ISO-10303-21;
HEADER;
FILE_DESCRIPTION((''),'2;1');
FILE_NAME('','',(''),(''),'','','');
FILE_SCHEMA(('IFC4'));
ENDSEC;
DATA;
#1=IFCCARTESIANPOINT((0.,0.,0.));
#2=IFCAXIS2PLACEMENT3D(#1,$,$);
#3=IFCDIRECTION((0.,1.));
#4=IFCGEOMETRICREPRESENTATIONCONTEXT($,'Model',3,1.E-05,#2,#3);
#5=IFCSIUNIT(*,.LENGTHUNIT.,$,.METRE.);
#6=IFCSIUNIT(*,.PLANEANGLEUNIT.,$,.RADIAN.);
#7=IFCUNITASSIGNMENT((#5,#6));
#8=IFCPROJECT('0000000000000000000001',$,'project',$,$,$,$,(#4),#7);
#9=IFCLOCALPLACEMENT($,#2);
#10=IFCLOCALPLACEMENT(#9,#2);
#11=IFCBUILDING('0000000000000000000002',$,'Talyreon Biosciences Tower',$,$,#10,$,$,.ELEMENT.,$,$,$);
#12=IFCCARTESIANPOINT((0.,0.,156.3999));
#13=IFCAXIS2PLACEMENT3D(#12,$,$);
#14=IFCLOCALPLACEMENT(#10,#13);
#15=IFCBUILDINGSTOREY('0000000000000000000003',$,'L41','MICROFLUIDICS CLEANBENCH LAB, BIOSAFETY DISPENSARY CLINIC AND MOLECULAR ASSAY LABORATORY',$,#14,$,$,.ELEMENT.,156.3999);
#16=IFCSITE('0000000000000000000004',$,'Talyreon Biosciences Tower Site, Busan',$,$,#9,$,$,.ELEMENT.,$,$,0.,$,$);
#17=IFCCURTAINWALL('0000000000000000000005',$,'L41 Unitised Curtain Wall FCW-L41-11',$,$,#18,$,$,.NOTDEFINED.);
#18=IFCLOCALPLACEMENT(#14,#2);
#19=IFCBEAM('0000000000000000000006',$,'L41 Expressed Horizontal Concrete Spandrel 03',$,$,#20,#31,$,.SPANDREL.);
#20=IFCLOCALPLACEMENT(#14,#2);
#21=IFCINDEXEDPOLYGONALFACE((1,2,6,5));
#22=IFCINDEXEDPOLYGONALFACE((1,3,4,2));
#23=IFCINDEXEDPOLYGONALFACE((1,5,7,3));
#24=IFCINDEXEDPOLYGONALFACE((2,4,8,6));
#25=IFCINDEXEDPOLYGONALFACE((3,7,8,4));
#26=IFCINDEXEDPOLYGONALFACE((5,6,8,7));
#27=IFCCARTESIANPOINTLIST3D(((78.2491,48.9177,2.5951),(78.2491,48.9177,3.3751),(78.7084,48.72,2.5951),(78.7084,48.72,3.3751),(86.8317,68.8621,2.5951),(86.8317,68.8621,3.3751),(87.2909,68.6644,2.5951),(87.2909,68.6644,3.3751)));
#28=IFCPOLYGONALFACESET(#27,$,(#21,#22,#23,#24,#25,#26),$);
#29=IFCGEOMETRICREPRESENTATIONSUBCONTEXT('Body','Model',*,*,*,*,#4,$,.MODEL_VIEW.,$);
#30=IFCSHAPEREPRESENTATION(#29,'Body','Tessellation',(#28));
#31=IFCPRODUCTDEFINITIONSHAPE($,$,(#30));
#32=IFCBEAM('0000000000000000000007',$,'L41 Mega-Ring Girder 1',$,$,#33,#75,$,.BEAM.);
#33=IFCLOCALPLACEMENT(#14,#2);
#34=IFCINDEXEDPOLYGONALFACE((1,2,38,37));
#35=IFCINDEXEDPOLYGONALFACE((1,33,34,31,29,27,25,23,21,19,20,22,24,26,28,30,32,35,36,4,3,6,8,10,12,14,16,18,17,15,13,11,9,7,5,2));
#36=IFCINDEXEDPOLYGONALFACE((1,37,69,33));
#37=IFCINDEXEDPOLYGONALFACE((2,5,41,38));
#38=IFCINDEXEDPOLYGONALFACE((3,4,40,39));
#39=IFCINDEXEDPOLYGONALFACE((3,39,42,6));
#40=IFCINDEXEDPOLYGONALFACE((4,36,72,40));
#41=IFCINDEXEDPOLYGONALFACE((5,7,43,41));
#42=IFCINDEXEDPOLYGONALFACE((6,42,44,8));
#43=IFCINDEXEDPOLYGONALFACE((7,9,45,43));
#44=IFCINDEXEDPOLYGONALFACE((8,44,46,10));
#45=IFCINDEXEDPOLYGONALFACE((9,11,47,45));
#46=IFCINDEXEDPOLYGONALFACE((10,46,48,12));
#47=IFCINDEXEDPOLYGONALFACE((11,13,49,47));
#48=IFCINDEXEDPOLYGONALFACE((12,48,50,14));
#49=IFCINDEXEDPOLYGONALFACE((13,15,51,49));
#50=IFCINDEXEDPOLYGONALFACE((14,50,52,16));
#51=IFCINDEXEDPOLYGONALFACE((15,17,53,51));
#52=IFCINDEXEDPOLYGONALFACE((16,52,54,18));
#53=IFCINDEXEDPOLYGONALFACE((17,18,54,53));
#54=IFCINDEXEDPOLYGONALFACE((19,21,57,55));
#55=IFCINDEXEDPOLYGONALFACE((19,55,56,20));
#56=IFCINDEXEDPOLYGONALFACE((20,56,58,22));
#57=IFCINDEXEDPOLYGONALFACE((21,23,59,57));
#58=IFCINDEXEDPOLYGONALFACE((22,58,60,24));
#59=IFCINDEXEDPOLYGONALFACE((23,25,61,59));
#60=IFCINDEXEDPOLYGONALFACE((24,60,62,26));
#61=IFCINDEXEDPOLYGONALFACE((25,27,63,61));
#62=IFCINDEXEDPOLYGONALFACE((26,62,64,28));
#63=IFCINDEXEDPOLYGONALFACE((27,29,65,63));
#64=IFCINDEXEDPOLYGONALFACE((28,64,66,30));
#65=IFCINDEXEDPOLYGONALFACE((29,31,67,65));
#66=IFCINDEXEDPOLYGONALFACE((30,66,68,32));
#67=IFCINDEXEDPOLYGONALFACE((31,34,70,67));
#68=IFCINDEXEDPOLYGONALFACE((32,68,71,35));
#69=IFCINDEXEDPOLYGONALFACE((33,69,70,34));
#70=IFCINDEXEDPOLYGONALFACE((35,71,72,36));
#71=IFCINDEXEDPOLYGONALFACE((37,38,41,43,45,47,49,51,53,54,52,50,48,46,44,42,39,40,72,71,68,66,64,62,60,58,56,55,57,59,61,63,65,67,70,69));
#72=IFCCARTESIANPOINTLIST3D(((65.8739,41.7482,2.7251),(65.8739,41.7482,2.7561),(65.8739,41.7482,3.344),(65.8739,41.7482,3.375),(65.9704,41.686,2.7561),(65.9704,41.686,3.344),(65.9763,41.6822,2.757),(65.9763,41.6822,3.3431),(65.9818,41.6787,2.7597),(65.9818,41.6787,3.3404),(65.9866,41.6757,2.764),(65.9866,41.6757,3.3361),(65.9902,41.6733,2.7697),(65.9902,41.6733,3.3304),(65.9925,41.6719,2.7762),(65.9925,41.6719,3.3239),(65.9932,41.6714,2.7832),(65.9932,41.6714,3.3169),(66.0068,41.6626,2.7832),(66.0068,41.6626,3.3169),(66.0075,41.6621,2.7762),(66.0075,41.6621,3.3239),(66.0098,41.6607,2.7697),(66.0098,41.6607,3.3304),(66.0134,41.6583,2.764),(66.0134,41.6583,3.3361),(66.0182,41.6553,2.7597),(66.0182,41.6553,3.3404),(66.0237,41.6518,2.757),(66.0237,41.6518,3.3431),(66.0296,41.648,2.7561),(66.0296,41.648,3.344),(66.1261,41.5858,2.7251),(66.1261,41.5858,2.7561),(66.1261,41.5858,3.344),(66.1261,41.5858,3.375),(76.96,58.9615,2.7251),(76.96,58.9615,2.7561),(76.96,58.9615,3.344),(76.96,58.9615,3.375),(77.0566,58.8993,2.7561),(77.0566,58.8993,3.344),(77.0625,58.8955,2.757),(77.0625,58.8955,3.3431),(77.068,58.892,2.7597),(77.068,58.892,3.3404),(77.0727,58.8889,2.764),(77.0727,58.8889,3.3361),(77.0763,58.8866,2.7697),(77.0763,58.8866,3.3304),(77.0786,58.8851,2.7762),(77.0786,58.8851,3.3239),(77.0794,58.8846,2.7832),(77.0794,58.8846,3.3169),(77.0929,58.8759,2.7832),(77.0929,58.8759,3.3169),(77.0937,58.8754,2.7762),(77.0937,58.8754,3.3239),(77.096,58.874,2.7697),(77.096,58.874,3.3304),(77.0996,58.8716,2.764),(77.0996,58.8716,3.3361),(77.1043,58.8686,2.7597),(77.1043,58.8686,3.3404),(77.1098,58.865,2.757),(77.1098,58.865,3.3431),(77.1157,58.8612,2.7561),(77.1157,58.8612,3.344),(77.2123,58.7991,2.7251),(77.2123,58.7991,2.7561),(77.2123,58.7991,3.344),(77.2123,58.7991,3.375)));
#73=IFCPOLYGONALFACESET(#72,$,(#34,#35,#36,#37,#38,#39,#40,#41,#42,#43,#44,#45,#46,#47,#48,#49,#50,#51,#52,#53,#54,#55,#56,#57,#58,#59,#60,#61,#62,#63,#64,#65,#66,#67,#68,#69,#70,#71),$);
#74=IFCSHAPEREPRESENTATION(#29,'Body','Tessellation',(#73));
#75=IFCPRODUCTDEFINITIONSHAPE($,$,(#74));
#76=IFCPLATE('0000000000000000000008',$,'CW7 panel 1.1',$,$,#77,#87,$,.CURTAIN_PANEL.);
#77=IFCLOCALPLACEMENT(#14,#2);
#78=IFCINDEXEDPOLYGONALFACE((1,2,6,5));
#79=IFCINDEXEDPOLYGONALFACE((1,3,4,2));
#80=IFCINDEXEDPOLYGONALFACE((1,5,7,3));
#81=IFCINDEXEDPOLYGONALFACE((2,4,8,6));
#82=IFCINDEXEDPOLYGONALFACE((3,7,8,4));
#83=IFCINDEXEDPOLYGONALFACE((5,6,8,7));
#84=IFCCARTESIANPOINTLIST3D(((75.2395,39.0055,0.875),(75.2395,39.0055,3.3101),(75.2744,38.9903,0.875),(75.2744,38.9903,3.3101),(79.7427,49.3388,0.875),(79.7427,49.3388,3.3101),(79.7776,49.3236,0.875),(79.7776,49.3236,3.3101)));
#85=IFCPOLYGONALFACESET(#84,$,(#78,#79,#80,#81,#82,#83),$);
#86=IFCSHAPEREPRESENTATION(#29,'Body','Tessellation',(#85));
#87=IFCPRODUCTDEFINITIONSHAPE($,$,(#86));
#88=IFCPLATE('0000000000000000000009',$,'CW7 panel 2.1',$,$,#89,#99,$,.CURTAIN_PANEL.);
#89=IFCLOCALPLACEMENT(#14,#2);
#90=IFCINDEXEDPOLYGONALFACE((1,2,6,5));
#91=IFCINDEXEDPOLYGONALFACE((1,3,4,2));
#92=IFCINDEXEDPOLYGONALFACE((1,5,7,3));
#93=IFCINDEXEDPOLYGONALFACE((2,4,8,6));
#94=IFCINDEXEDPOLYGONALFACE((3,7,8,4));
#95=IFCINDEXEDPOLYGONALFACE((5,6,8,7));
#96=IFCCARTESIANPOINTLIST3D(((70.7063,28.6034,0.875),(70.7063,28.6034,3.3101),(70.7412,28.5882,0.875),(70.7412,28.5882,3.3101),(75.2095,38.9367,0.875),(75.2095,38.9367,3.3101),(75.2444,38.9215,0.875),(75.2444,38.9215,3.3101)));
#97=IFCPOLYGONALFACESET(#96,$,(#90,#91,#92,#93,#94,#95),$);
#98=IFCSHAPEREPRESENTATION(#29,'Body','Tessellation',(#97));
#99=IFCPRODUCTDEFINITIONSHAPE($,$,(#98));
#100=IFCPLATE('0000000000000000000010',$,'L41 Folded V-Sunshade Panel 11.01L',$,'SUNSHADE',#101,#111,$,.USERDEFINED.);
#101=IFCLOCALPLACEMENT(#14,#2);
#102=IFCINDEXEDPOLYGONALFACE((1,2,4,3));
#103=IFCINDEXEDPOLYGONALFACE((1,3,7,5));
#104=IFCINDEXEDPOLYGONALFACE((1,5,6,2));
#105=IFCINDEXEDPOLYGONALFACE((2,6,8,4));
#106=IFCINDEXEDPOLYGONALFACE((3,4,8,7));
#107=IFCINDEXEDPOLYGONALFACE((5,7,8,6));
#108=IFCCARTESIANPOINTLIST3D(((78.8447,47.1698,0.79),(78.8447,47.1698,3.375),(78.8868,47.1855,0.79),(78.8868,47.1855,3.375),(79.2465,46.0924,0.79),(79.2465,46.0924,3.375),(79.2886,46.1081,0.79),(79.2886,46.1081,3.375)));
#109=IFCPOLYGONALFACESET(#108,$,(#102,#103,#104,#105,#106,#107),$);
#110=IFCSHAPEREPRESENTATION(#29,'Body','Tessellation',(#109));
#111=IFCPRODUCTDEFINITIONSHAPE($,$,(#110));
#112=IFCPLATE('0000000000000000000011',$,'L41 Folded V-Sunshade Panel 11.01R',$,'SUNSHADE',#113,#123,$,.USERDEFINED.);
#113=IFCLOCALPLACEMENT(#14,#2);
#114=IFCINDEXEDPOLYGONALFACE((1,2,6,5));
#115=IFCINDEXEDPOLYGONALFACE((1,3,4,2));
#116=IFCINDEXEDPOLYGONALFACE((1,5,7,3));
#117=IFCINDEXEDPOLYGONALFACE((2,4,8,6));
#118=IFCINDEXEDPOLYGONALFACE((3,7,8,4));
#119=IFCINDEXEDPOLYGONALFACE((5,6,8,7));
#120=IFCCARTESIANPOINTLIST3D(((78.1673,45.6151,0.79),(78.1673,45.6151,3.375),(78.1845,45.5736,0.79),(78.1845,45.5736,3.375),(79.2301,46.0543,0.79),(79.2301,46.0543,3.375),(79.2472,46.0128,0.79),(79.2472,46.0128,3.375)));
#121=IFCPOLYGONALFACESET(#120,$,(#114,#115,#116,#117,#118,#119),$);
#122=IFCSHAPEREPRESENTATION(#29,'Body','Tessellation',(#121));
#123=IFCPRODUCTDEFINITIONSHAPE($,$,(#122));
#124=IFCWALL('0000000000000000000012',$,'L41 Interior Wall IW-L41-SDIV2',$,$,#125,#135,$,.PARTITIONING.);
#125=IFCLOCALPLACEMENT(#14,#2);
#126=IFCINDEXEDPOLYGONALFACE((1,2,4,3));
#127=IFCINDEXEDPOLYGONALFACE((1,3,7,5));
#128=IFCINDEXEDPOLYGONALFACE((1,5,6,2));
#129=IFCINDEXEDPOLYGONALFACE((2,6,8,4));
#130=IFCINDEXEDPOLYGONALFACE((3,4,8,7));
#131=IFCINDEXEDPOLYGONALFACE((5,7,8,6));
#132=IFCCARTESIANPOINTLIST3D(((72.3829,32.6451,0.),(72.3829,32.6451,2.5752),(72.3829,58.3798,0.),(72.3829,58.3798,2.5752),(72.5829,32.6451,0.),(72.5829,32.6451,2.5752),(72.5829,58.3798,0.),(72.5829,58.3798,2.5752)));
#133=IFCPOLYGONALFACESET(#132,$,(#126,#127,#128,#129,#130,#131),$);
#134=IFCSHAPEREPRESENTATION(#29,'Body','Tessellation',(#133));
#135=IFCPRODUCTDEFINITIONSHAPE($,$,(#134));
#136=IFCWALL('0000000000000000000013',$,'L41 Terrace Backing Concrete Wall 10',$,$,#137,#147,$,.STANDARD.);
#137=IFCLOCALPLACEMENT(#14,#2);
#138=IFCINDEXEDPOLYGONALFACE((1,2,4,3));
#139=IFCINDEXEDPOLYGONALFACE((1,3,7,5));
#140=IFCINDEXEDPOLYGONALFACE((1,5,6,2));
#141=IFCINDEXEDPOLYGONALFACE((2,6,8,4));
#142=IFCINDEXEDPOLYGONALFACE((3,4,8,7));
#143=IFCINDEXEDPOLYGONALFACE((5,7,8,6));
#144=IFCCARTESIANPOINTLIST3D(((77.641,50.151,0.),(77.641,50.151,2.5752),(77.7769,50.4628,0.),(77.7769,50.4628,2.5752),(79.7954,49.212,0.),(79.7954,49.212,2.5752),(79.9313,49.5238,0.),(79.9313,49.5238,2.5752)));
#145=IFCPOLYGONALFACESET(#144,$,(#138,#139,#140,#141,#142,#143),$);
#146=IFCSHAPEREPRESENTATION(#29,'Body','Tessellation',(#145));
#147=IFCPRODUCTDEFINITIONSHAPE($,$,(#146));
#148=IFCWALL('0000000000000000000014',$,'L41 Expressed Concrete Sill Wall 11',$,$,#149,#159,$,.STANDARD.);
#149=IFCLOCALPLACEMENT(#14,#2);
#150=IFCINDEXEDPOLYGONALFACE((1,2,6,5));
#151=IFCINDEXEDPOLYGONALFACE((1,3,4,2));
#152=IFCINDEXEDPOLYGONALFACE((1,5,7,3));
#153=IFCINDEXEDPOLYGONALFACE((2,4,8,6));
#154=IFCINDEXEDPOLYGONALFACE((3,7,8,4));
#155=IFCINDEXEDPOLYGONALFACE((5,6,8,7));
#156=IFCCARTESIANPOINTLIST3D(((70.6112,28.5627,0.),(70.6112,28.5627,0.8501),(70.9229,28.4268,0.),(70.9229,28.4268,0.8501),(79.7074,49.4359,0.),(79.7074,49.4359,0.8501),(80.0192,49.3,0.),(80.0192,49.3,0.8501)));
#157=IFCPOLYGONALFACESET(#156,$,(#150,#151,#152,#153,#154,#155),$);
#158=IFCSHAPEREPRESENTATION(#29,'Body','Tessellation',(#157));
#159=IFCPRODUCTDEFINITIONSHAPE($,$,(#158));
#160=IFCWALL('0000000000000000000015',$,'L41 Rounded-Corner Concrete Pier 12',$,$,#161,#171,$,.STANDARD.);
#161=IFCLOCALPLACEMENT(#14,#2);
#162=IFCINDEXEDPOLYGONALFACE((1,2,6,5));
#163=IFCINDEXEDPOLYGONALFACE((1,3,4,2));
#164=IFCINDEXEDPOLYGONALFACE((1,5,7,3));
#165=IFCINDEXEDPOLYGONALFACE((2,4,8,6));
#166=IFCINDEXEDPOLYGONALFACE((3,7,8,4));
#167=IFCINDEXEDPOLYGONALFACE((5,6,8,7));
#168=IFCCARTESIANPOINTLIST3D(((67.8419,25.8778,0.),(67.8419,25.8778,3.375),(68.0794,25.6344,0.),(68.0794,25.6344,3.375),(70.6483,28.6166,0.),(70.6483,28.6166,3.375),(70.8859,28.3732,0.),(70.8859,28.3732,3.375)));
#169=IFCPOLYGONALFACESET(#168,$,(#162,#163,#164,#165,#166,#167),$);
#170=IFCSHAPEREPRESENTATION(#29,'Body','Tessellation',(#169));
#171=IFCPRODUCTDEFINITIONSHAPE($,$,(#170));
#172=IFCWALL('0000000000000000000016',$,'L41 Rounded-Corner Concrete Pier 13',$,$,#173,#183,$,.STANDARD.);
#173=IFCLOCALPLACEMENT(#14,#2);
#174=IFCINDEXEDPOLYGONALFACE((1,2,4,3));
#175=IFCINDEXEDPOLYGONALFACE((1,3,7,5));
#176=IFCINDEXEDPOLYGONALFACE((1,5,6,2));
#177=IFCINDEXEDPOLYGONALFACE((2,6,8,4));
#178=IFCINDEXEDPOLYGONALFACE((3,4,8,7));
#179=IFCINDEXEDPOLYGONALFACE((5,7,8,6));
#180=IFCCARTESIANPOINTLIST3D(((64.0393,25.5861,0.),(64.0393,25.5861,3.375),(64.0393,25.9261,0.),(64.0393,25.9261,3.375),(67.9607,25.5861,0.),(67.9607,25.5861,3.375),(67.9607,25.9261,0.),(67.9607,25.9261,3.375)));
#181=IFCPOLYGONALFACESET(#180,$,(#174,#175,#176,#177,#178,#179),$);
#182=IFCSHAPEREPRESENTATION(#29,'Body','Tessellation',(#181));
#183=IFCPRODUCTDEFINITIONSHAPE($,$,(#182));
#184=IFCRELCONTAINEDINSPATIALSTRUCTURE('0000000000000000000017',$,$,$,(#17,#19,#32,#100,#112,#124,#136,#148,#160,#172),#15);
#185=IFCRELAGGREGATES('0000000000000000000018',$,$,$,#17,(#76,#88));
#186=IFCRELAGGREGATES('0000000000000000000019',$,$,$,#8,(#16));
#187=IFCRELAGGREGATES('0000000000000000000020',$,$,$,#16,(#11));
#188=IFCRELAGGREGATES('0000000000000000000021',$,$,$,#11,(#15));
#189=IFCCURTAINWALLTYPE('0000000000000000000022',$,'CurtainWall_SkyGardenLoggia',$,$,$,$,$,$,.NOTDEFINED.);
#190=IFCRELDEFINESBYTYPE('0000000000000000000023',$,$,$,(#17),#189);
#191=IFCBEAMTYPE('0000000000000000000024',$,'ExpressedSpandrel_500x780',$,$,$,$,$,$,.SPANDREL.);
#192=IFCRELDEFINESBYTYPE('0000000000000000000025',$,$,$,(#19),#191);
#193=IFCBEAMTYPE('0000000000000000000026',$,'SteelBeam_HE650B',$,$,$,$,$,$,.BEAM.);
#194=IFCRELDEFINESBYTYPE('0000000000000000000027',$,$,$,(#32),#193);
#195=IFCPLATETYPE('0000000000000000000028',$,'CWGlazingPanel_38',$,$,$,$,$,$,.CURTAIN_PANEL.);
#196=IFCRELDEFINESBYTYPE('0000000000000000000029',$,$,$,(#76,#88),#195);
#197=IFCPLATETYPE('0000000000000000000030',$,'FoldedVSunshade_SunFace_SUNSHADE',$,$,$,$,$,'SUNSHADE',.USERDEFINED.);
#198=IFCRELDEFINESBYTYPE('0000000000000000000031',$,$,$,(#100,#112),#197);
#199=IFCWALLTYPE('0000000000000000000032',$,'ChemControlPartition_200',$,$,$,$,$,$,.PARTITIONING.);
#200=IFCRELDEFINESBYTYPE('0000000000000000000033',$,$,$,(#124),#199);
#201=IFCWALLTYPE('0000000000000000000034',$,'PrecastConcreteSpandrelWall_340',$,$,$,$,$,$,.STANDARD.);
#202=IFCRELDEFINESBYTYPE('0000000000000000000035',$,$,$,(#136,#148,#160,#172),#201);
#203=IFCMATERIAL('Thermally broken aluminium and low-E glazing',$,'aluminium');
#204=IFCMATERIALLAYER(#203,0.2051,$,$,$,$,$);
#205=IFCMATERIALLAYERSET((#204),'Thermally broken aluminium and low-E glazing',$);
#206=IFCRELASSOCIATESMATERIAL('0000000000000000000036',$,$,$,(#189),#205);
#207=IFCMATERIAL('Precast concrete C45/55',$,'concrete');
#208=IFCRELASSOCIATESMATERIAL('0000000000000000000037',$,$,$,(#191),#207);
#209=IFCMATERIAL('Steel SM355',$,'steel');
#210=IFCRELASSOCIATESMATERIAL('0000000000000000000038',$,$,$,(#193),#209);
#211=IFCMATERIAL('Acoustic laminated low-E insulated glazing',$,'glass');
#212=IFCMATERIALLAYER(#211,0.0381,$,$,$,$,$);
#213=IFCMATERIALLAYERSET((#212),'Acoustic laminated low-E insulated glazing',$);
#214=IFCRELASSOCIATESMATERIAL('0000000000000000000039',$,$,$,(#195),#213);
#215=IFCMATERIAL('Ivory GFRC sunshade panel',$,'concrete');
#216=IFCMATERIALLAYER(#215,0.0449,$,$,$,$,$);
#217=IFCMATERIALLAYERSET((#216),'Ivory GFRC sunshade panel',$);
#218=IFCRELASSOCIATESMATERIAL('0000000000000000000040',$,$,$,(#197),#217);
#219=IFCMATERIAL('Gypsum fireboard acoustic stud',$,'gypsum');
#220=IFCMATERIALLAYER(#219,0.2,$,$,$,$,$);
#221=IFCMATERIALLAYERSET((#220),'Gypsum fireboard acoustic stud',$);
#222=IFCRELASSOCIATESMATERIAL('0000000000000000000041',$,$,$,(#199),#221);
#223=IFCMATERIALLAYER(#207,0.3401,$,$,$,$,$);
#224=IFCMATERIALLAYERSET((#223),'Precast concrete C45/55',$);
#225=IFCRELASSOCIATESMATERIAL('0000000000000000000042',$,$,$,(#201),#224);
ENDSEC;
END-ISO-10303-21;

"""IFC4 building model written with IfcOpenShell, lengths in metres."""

from ifc_helpers import new_model, si_unit, direction, frame, frame_2d, origin, origin_2d, place, context, subcontext, project, spatial, rectangle, i_section, extrude, material, layer, layer_set, material_profile, profile_set, type_object, element, aggregate, save


model = new_model("IFC4")

# Units and contexts
model_context = context("Model", 3, precision=1e-05, world=origin(), true_north=direction((0.0, 1.0)))
body_context = subcontext(model_context, "Body", "Model", "MODEL_VIEW")
ifc_project = project(units=[si_unit("LENGTHUNIT", "METRE"), si_unit("PLANEANGLEUNIT", "RADIAN")], contexts=[model_context])

# Site, building, storey
site_placement = place(None, origin())
site = spatial("IfcSite", under=ifc_project, at=site_placement, Name="Talyreon Biosciences Tower Site, Busan", CompositionType="ELEMENT", RefElevation=0.0)
building_placement = place(site_placement, origin())
building = spatial("IfcBuilding", under=site, at=building_placement, Name="Talyreon Biosciences Tower", CompositionType="ELEMENT")
storey_placement = place(building_placement, frame((0.0, 0.0, 156.3999)))
storey = spatial("IfcBuildingStorey", under=building, at=storey_placement, Name="L41", Description="MICROFLUIDICS CLEANBENCH LAB, BIOSAFETY DISPENSARY CLINIC AND MOLECULAR ASSAY LABORATORY", CompositionType="ELEMENT", Elevation=156.3999)

# Shared definitions
ifc_material_1 = material(Name="Precast concrete C45/55", Category="concrete")

# Curtain wall
ifc_material_2 = material(Name="Thermally broken aluminium and low-E glazing", Category="aluminium")
ifc_layer_1 = layer(ifc_material_2, 0.2051)
ifc_layer_set_1 = layer_set([ifc_layer_1], Name="Thermally broken aluminium and low-E glazing")
curtain_wall_type = type_object("IfcCurtainWallType", Name="CurtainWall_SkyGardenLoggia", PredefinedType="NOTDEFINED", material=ifc_layer_set_1)
curtain_wall_placement = place(storey_placement, origin())
curtain_wall = element("IfcCurtainWall", 1, at=curtain_wall_placement, inside=storey, type_object=curtain_wall_type, Name="L41 Unitised Curtain Wall FCW-L41-11", PredefinedType="NOTDEFINED")

# Beams
ifc_material_profile_1 = material_profile(ifc_material_1, rectangle(XDim=0.5, YDim=0.78, at=origin_2d()), Name="RCB 500x780")
ifc_profile_set_1 = profile_set([ifc_material_profile_1], Name="Precast concrete C45/55")
beam_type_1 = type_object("IfcBeamType", Name="ExpressedSpandrel_500x780", PredefinedType="SPANDREL", material=ifc_profile_set_1)
beam_1_placement = place(storey_placement, frame((78.4788, 48.8188, 2.9851), z_axis=(0.395279, 0.918561, 0.0), x_axis=(-0.918561, 0.395279, 0.0)))
element("IfcBeam", 2, at=beam_1_placement, inside=storey, type_object=beam_type_1, Name="L41 Expressed Horizontal Concrete Spandrel 03", PredefinedType="SPANDREL", context=body_context, shape_type="SweptSolid", body=[
    extrude(rectangle(XDim=0.5, YDim=0.78, at=origin_2d()), origin(), (0.0, 0.0, 1.0), 21.7126),
])
ifc_material_3 = material(Name="Steel SM355", Category="steel")
ifc_material_profile_2 = material_profile(ifc_material_3, i_section(OverallWidth=0.3, OverallDepth=0.6499, WebThickness=0.0161, FlangeThickness=0.031, FilletRadius=0.0271, at=origin_2d()), Name="HE650B")
ifc_profile_set_2 = profile_set([ifc_material_profile_2], Name="Steel SM355")
beam_type_2 = type_object("IfcBeamType", Name="SteelBeam_HE650B", PredefinedType="BEAM", material=ifc_profile_set_2)
beam_2_placement = place(storey_placement, frame((66.0, 41.667, 3.05), z_axis=(0.541464, 0.840724, 0.0), x_axis=(-0.840724, 0.541464, 0.0)))
element("IfcBeam", 3, at=beam_2_placement, inside=storey, type_object=beam_type_2, Name="L41 Mega-Ring Girder 1", PredefinedType="BEAM", context=body_context, shape_type="SweptSolid", body=[
    extrude(i_section(OverallWidth=0.3, OverallDepth=0.6499, WebThickness=0.0161, FlangeThickness=0.031, FilletRadius=0.0271, at=origin_2d()), origin(), (0.0, 0.0, 1.0), 20.4744),
])

# Plates
ifc_material_4 = material(Name="Acoustic laminated low-E insulated glazing", Category="glass")
ifc_layer_2 = layer(ifc_material_4, 0.0381)
ifc_layer_set_2 = layer_set([ifc_layer_2], Name="Acoustic laminated low-E insulated glazing")
plate_type_1 = type_object("IfcPlateType", Name="CWGlazingPanel_38", PredefinedType="CURTAIN_PANEL", material=ifc_layer_set_2)
plate_1_placement = place(storey_placement, frame((77.5085, 44.1646, 0.875), z_axis=(0.0, 0.0, 1.0), x_axis=(-0.399503, -0.916732, 0.0)))
plate_1 = element("IfcPlate", 4, at=plate_1_placement, type_object=plate_type_1, Name="CW7 panel 1.1", PredefinedType="CURTAIN_PANEL", context=body_context, shape_type="SweptSolid", body=[
    extrude(rectangle(XDim=11.272, YDim=0.0381, at=origin_2d()), origin(), (0.0, 0.0, 1.0), 2.4351),
])
plate_2_placement = place(storey_placement, frame((72.9753, 33.7625, 0.875), z_axis=(0.0, 0.0, 1.0), x_axis=(-0.399503, -0.916732, 0.0)))
plate_2 = element("IfcPlate", 5, at=plate_2_placement, type_object=plate_type_1, Name="CW7 panel 2.1", PredefinedType="CURTAIN_PANEL", context=body_context, shape_type="SweptSolid", body=[
    extrude(rectangle(XDim=11.272, YDim=0.0381, at=origin_2d()), origin(), (0.0, 0.0, 1.0), 2.4351),
])
aggregate(curtain_wall, [plate_1, plate_2])

# Plates
ifc_material_5 = material(Name="Ivory GFRC sunshade panel", Category="concrete")
ifc_layer_3 = layer(ifc_material_5, 0.0449)
ifc_layer_set_3 = layer_set([ifc_layer_3], Name="Ivory GFRC sunshade panel")
plate_type_2 = type_object("IfcPlateType", Name="FoldedVSunshade_SunFace_SUNSHADE", ElementType="SUNSHADE", PredefinedType="USERDEFINED", material=ifc_layer_set_3)
for number, where, z_axis, x_axis, name in (
    (6, (79.0667, 46.6389, 0.79), (0.0, 0.0, 1.0), (0.349439, -0.936959, 0.0), "L41 Folded V-Sunshade Panel 11.01L"),
    (7, (78.7073, 45.814, 0.79), (0.0, 0.0, 1.0), (-0.924193, -0.381925, 0.0), "L41 Folded V-Sunshade Panel 11.01R"),
):
    element("IfcPlate", number, at=place(storey_placement, frame(where, z_axis=z_axis, x_axis=x_axis)), inside=storey, type_object=plate_type_2, Name=name, ObjectType="SUNSHADE", PredefinedType="USERDEFINED", context=body_context, shape_type="SweptSolid", body=[
        extrude(rectangle(XDim=1.1499, YDim=0.0449, at=origin_2d()), origin(), (0.0, 0.0, 1.0), 2.585),
    ])

# Walls
ifc_material_6 = material(Name="Gypsum fireboard acoustic stud", Category="gypsum")
ifc_layer_4 = layer(ifc_material_6, 0.2)
ifc_layer_set_4 = layer_set([ifc_layer_4], Name="Gypsum fireboard acoustic stud")
wall_type_1 = type_object("IfcWallType", Name="ChemControlPartition_200", PredefinedType="PARTITIONING", material=ifc_layer_set_4)
wall_1_placement = place(storey_placement, frame((72.4829, 32.6453, 0.0), z_axis=(0.0, 0.0, 1.0), x_axis=(0.0, 1.0, 0.0)))
element("IfcWall", 8, at=wall_1_placement, inside=storey, type_object=wall_type_1, Name="L41 Interior Wall IW-L41-SDIV2", PredefinedType="PARTITIONING", context=body_context, shape_type="SweptSolid", body=[
    extrude(rectangle(XDim=25.7346, YDim=0.2, at=frame_2d((12.8672, 0.0))), origin(), (0.0, 0.0, 1.0), 2.5752),
])
ifc_layer_5 = layer(ifc_material_1, 0.3401)
ifc_layer_set_5 = layer_set([ifc_layer_5], Name="Precast concrete C45/55")
wall_type_2 = type_object("IfcWallType", Name="PrecastConcreteSpandrelWall_340", PredefinedType="STANDARD", material=ifc_layer_set_5)
wall_2_placement = place(storey_placement, frame((77.709, 50.3069, 0.0), z_axis=(0.0, 0.0, 1.0), x_axis=(0.91671, -0.399554, 0.0)))
element("IfcWall", 9, at=wall_2_placement, inside=storey, type_object=wall_type_2, Name="L41 Terrace Backing Concrete Wall 10", PredefinedType="STANDARD", context=body_context, shape_type="SweptSolid", body=[
    extrude(rectangle(XDim=2.3501, YDim=0.3401, at=frame_2d((1.175, 0.0))), origin(), (0.0, 0.0, 1.0), 2.5752),
])
wall_3_placement = place(storey_placement, frame((79.8633, 49.3679, 0.0), z_axis=(0.0, 0.0, 1.0), x_axis=(-0.3995, -0.916733, 0.0)))
element("IfcWall", 10, at=wall_3_placement, inside=storey, type_object=wall_type_2, Name="L41 Expressed Concrete Sill Wall 11", PredefinedType="STANDARD", context=body_context, shape_type="SweptSolid", body=[
    extrude(rectangle(XDim=22.769, YDim=0.3401, at=frame_2d((11.3845, 0.0))), origin(), (0.0, 0.0, 1.0), 0.8501),
])
for number, where, z_axis, x_axis, name in (
    (11, (70.7671, 28.4949, 0.0), (0.0, 0.0, 1.0), (-0.715677, -0.698431, 0.0), "L41 Rounded-Corner Concrete Pier 12"),
    (12, (67.9607, 25.7561, 0.0), (0.0, 0.0, 1.0), (-1.0, 0.0, 0.0), "L41 Rounded-Corner Concrete Pier 13"),
):
    element("IfcWall", number, at=place(storey_placement, frame(where, z_axis=z_axis, x_axis=x_axis)), inside=storey, type_object=wall_type_2, Name=name, PredefinedType="STANDARD", context=body_context, shape_type="SweptSolid", body=[
        extrude(rectangle(XDim=3.9214, YDim=0.3401, at=frame_2d((1.9607, 0.0))), origin(), (0.0, 0.0, 1.0), 3.375),
    ])

save(model, "model.ifc")
